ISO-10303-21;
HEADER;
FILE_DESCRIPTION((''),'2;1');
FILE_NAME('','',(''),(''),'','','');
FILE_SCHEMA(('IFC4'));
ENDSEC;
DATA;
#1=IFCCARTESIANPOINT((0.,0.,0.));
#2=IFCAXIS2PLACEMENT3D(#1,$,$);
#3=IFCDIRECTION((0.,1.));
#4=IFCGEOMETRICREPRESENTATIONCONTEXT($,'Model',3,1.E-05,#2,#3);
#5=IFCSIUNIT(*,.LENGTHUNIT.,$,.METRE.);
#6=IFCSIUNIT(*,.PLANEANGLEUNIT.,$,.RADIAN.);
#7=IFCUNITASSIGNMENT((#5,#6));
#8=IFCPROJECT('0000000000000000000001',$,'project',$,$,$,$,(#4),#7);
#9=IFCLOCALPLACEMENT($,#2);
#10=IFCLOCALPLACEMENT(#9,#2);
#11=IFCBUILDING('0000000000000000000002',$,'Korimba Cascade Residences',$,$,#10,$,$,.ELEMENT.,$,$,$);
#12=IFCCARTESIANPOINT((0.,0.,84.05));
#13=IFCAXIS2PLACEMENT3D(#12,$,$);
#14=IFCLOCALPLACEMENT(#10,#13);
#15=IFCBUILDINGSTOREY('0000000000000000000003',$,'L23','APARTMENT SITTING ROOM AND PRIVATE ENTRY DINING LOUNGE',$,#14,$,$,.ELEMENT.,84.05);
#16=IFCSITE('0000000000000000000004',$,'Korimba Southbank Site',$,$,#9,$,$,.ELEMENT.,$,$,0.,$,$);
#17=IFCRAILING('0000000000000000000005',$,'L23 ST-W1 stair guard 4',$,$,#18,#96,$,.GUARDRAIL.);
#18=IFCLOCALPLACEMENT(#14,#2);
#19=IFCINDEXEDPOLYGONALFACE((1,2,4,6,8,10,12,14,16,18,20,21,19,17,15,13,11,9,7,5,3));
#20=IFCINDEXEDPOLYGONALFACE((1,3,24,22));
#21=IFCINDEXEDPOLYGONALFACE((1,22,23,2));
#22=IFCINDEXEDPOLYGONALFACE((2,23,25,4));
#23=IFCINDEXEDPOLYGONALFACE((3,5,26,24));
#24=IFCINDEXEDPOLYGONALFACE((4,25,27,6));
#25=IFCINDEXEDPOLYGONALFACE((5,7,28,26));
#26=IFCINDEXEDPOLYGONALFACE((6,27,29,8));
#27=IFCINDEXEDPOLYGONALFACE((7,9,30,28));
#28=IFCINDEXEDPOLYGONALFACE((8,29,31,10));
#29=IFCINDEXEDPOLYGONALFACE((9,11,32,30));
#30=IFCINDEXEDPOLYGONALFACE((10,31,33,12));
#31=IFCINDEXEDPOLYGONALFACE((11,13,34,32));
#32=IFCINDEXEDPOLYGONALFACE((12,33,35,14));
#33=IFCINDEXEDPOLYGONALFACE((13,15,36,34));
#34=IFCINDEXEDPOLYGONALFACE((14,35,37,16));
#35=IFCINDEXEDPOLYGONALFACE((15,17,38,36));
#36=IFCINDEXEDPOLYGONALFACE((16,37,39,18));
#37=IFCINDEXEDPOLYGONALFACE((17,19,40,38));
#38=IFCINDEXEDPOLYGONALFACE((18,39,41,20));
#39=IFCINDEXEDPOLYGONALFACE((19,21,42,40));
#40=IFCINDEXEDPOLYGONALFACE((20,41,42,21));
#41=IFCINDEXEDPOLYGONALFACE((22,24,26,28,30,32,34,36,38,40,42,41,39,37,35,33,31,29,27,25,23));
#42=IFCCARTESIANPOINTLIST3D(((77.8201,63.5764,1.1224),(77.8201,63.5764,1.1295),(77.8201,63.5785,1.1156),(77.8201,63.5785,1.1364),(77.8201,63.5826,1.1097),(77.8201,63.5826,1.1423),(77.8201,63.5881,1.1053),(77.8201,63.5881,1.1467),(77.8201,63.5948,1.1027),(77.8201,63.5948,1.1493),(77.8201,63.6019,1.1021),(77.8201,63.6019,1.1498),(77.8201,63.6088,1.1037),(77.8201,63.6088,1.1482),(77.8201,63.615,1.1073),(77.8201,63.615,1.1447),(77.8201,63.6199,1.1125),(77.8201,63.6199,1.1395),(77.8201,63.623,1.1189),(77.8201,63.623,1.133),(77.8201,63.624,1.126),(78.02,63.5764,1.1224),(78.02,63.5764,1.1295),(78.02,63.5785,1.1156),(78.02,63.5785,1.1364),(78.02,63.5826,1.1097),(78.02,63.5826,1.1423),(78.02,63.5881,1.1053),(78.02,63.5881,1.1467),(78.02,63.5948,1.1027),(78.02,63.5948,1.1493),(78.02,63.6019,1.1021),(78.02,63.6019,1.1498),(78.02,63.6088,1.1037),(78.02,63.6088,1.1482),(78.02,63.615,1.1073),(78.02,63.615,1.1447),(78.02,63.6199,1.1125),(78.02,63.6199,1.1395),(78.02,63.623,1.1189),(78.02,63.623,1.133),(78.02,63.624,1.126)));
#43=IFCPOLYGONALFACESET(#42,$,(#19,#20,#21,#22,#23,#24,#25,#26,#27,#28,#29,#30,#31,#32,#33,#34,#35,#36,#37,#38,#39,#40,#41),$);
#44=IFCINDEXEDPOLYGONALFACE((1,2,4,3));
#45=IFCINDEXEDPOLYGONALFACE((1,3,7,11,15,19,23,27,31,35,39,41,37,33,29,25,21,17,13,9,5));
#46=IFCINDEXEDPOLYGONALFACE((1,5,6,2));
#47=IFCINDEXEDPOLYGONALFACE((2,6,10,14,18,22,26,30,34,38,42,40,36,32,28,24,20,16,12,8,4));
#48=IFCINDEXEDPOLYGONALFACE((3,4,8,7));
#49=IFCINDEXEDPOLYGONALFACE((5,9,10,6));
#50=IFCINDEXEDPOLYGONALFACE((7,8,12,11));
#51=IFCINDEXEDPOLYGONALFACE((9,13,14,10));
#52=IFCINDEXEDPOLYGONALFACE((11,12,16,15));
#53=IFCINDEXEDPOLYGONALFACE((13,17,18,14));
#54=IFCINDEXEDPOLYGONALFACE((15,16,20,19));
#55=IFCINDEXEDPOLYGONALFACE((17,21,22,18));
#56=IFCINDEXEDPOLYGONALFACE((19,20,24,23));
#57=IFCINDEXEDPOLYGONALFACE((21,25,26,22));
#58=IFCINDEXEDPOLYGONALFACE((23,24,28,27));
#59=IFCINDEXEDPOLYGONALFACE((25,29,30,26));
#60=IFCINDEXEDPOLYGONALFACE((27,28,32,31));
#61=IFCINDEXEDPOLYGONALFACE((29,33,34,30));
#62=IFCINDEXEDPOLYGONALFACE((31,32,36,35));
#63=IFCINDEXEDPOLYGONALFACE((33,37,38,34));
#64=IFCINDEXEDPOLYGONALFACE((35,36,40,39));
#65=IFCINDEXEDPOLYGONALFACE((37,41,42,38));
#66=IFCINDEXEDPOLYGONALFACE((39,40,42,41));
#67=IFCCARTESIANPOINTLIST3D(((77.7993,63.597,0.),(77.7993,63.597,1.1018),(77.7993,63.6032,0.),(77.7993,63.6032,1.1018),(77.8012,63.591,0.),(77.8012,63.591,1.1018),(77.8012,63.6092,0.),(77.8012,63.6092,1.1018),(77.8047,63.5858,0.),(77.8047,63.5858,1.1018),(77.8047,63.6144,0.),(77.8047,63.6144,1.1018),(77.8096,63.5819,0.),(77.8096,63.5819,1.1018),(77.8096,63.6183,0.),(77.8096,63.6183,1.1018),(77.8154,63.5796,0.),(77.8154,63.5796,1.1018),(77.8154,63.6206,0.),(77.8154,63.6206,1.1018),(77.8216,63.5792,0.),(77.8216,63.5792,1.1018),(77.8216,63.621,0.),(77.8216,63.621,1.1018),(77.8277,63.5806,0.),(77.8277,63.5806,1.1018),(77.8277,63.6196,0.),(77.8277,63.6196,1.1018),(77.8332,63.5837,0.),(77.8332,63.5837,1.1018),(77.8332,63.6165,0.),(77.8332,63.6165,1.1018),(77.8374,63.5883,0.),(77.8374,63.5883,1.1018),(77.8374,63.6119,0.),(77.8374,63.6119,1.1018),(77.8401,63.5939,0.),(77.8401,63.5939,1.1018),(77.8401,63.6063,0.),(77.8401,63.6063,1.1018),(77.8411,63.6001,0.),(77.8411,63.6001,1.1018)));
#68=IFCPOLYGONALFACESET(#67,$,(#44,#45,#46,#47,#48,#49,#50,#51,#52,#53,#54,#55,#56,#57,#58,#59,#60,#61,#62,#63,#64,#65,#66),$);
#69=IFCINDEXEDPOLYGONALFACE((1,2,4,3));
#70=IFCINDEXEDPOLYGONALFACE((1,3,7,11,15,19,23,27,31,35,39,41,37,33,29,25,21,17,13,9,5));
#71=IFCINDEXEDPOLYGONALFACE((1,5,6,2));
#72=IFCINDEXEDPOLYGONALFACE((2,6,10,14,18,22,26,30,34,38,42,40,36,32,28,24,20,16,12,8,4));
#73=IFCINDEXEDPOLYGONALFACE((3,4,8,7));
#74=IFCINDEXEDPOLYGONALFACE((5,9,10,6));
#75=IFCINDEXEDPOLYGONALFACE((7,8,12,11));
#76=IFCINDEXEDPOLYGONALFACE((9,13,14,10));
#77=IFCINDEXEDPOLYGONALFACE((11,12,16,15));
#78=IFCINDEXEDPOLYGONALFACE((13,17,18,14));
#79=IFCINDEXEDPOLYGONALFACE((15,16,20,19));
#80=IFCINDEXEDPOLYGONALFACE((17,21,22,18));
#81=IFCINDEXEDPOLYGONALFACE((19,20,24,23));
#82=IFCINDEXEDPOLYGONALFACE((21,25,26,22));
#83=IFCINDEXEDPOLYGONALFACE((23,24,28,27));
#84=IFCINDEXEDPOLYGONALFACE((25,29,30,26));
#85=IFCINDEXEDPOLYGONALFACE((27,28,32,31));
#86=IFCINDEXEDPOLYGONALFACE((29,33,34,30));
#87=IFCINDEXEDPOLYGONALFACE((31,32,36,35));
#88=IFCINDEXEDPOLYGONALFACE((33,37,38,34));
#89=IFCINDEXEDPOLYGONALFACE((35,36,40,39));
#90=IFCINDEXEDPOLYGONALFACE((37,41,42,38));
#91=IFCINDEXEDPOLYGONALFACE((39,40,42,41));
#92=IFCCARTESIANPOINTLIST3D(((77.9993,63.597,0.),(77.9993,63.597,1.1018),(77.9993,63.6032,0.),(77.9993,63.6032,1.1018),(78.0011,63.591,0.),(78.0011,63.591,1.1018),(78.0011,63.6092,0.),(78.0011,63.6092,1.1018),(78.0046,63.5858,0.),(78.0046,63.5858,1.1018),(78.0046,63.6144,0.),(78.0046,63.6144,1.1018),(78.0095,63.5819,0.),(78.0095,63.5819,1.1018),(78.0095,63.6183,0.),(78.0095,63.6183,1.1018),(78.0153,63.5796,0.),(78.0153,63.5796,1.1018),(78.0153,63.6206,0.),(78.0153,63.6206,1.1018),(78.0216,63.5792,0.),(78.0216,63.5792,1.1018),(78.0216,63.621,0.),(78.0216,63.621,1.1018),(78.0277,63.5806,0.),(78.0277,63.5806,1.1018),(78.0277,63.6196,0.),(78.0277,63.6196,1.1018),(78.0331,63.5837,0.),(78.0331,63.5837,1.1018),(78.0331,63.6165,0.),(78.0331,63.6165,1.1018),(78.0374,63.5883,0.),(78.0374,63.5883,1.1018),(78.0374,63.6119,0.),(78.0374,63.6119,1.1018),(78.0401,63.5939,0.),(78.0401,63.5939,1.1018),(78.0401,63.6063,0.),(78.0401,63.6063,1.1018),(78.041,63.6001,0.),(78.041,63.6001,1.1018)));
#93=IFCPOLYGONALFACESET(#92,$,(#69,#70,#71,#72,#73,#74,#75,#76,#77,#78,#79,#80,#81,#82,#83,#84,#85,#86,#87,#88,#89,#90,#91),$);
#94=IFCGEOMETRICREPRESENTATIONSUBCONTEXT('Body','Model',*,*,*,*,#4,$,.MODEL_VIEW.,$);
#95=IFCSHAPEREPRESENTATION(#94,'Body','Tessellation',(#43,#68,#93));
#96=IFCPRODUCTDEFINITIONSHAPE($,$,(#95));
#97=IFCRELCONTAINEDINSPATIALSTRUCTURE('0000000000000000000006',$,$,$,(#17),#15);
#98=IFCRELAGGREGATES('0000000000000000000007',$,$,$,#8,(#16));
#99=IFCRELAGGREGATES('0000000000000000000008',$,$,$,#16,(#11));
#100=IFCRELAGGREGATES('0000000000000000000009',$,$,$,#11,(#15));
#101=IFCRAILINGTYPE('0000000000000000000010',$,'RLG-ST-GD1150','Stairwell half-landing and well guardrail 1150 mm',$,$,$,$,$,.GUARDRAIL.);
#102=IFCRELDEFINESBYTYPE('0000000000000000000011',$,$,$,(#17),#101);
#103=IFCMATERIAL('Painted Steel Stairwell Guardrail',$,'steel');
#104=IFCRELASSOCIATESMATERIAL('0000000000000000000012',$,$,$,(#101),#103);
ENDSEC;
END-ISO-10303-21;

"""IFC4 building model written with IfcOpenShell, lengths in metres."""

from ifc_helpers import new_model, si_unit, direction, frame, origin, origin_2d, place, context, subcontext, project, spatial, circle, extrude, material, type_object, element, save


model = new_model("IFC4")

# Units and contexts
model_context = context("Model", 3, precision=1e-05, world=origin(), true_north=direction((0.0, 1.0)))
body_context = subcontext(model_context, "Body", "Model", "MODEL_VIEW")
ifc_project = project(units=[si_unit("LENGTHUNIT", "METRE"), si_unit("PLANEANGLEUNIT", "RADIAN")], contexts=[model_context])

# Site, building, storey
site_placement = place(None, origin())
site = spatial("IfcSite", under=ifc_project, at=site_placement, Name="Korimba Southbank Site", CompositionType="ELEMENT", RefElevation=0.0)
building_placement = place(site_placement, origin())
building = spatial("IfcBuilding", under=site, at=building_placement, Name="Korimba Cascade Residences", CompositionType="ELEMENT")
storey_placement = place(building_placement, frame((0.0, 0.0, 84.05)))
storey = spatial("IfcBuildingStorey", under=building, at=storey_placement, Name="L23", Description="APARTMENT SITTING ROOM AND PRIVATE ENTRY DINING LOUNGE", CompositionType="ELEMENT", Elevation=84.05)

# Railing
ifc_material_1 = material(Name="Painted Steel Stairwell Guardrail", Category="steel")
railing_type_1 = type_object("IfcRailingType", Name="RLG-ST-GD1150", Description="Stairwell half-landing and well guardrail 1150 mm", PredefinedType="GUARDRAIL", material=ifc_material_1)
railing_1_placement = place(storey_placement, frame((77.8201, 63.6001, 0.0)))
element("IfcRailing", 1, at=railing_1_placement, inside=storey, type_object=railing_type_1, Name="L23 ST-W1 stair guard 4", PredefinedType="GUARDRAIL", context=body_context, shape_type="SweptSolid", body=[
    extrude(circle(Radius=0.0239, at=origin_2d()), frame((0.0, 0.0, 1.126), z_axis=(1.0, 0.0, 0.0), x_axis=(0.0, 1.0, 0.0)), (0.0, 0.0, 1.0), 0.2),
    extrude(circle(Radius=0.021, at=origin_2d()), origin(), (0.0, 0.0, 1.0), 1.1018),
    extrude(circle(Radius=0.021, at=origin_2d()), frame((0.2, 0.0, 0.0)), (0.0, 0.0, 1.0), 1.1018),
])

save(model, "model.ifc")
